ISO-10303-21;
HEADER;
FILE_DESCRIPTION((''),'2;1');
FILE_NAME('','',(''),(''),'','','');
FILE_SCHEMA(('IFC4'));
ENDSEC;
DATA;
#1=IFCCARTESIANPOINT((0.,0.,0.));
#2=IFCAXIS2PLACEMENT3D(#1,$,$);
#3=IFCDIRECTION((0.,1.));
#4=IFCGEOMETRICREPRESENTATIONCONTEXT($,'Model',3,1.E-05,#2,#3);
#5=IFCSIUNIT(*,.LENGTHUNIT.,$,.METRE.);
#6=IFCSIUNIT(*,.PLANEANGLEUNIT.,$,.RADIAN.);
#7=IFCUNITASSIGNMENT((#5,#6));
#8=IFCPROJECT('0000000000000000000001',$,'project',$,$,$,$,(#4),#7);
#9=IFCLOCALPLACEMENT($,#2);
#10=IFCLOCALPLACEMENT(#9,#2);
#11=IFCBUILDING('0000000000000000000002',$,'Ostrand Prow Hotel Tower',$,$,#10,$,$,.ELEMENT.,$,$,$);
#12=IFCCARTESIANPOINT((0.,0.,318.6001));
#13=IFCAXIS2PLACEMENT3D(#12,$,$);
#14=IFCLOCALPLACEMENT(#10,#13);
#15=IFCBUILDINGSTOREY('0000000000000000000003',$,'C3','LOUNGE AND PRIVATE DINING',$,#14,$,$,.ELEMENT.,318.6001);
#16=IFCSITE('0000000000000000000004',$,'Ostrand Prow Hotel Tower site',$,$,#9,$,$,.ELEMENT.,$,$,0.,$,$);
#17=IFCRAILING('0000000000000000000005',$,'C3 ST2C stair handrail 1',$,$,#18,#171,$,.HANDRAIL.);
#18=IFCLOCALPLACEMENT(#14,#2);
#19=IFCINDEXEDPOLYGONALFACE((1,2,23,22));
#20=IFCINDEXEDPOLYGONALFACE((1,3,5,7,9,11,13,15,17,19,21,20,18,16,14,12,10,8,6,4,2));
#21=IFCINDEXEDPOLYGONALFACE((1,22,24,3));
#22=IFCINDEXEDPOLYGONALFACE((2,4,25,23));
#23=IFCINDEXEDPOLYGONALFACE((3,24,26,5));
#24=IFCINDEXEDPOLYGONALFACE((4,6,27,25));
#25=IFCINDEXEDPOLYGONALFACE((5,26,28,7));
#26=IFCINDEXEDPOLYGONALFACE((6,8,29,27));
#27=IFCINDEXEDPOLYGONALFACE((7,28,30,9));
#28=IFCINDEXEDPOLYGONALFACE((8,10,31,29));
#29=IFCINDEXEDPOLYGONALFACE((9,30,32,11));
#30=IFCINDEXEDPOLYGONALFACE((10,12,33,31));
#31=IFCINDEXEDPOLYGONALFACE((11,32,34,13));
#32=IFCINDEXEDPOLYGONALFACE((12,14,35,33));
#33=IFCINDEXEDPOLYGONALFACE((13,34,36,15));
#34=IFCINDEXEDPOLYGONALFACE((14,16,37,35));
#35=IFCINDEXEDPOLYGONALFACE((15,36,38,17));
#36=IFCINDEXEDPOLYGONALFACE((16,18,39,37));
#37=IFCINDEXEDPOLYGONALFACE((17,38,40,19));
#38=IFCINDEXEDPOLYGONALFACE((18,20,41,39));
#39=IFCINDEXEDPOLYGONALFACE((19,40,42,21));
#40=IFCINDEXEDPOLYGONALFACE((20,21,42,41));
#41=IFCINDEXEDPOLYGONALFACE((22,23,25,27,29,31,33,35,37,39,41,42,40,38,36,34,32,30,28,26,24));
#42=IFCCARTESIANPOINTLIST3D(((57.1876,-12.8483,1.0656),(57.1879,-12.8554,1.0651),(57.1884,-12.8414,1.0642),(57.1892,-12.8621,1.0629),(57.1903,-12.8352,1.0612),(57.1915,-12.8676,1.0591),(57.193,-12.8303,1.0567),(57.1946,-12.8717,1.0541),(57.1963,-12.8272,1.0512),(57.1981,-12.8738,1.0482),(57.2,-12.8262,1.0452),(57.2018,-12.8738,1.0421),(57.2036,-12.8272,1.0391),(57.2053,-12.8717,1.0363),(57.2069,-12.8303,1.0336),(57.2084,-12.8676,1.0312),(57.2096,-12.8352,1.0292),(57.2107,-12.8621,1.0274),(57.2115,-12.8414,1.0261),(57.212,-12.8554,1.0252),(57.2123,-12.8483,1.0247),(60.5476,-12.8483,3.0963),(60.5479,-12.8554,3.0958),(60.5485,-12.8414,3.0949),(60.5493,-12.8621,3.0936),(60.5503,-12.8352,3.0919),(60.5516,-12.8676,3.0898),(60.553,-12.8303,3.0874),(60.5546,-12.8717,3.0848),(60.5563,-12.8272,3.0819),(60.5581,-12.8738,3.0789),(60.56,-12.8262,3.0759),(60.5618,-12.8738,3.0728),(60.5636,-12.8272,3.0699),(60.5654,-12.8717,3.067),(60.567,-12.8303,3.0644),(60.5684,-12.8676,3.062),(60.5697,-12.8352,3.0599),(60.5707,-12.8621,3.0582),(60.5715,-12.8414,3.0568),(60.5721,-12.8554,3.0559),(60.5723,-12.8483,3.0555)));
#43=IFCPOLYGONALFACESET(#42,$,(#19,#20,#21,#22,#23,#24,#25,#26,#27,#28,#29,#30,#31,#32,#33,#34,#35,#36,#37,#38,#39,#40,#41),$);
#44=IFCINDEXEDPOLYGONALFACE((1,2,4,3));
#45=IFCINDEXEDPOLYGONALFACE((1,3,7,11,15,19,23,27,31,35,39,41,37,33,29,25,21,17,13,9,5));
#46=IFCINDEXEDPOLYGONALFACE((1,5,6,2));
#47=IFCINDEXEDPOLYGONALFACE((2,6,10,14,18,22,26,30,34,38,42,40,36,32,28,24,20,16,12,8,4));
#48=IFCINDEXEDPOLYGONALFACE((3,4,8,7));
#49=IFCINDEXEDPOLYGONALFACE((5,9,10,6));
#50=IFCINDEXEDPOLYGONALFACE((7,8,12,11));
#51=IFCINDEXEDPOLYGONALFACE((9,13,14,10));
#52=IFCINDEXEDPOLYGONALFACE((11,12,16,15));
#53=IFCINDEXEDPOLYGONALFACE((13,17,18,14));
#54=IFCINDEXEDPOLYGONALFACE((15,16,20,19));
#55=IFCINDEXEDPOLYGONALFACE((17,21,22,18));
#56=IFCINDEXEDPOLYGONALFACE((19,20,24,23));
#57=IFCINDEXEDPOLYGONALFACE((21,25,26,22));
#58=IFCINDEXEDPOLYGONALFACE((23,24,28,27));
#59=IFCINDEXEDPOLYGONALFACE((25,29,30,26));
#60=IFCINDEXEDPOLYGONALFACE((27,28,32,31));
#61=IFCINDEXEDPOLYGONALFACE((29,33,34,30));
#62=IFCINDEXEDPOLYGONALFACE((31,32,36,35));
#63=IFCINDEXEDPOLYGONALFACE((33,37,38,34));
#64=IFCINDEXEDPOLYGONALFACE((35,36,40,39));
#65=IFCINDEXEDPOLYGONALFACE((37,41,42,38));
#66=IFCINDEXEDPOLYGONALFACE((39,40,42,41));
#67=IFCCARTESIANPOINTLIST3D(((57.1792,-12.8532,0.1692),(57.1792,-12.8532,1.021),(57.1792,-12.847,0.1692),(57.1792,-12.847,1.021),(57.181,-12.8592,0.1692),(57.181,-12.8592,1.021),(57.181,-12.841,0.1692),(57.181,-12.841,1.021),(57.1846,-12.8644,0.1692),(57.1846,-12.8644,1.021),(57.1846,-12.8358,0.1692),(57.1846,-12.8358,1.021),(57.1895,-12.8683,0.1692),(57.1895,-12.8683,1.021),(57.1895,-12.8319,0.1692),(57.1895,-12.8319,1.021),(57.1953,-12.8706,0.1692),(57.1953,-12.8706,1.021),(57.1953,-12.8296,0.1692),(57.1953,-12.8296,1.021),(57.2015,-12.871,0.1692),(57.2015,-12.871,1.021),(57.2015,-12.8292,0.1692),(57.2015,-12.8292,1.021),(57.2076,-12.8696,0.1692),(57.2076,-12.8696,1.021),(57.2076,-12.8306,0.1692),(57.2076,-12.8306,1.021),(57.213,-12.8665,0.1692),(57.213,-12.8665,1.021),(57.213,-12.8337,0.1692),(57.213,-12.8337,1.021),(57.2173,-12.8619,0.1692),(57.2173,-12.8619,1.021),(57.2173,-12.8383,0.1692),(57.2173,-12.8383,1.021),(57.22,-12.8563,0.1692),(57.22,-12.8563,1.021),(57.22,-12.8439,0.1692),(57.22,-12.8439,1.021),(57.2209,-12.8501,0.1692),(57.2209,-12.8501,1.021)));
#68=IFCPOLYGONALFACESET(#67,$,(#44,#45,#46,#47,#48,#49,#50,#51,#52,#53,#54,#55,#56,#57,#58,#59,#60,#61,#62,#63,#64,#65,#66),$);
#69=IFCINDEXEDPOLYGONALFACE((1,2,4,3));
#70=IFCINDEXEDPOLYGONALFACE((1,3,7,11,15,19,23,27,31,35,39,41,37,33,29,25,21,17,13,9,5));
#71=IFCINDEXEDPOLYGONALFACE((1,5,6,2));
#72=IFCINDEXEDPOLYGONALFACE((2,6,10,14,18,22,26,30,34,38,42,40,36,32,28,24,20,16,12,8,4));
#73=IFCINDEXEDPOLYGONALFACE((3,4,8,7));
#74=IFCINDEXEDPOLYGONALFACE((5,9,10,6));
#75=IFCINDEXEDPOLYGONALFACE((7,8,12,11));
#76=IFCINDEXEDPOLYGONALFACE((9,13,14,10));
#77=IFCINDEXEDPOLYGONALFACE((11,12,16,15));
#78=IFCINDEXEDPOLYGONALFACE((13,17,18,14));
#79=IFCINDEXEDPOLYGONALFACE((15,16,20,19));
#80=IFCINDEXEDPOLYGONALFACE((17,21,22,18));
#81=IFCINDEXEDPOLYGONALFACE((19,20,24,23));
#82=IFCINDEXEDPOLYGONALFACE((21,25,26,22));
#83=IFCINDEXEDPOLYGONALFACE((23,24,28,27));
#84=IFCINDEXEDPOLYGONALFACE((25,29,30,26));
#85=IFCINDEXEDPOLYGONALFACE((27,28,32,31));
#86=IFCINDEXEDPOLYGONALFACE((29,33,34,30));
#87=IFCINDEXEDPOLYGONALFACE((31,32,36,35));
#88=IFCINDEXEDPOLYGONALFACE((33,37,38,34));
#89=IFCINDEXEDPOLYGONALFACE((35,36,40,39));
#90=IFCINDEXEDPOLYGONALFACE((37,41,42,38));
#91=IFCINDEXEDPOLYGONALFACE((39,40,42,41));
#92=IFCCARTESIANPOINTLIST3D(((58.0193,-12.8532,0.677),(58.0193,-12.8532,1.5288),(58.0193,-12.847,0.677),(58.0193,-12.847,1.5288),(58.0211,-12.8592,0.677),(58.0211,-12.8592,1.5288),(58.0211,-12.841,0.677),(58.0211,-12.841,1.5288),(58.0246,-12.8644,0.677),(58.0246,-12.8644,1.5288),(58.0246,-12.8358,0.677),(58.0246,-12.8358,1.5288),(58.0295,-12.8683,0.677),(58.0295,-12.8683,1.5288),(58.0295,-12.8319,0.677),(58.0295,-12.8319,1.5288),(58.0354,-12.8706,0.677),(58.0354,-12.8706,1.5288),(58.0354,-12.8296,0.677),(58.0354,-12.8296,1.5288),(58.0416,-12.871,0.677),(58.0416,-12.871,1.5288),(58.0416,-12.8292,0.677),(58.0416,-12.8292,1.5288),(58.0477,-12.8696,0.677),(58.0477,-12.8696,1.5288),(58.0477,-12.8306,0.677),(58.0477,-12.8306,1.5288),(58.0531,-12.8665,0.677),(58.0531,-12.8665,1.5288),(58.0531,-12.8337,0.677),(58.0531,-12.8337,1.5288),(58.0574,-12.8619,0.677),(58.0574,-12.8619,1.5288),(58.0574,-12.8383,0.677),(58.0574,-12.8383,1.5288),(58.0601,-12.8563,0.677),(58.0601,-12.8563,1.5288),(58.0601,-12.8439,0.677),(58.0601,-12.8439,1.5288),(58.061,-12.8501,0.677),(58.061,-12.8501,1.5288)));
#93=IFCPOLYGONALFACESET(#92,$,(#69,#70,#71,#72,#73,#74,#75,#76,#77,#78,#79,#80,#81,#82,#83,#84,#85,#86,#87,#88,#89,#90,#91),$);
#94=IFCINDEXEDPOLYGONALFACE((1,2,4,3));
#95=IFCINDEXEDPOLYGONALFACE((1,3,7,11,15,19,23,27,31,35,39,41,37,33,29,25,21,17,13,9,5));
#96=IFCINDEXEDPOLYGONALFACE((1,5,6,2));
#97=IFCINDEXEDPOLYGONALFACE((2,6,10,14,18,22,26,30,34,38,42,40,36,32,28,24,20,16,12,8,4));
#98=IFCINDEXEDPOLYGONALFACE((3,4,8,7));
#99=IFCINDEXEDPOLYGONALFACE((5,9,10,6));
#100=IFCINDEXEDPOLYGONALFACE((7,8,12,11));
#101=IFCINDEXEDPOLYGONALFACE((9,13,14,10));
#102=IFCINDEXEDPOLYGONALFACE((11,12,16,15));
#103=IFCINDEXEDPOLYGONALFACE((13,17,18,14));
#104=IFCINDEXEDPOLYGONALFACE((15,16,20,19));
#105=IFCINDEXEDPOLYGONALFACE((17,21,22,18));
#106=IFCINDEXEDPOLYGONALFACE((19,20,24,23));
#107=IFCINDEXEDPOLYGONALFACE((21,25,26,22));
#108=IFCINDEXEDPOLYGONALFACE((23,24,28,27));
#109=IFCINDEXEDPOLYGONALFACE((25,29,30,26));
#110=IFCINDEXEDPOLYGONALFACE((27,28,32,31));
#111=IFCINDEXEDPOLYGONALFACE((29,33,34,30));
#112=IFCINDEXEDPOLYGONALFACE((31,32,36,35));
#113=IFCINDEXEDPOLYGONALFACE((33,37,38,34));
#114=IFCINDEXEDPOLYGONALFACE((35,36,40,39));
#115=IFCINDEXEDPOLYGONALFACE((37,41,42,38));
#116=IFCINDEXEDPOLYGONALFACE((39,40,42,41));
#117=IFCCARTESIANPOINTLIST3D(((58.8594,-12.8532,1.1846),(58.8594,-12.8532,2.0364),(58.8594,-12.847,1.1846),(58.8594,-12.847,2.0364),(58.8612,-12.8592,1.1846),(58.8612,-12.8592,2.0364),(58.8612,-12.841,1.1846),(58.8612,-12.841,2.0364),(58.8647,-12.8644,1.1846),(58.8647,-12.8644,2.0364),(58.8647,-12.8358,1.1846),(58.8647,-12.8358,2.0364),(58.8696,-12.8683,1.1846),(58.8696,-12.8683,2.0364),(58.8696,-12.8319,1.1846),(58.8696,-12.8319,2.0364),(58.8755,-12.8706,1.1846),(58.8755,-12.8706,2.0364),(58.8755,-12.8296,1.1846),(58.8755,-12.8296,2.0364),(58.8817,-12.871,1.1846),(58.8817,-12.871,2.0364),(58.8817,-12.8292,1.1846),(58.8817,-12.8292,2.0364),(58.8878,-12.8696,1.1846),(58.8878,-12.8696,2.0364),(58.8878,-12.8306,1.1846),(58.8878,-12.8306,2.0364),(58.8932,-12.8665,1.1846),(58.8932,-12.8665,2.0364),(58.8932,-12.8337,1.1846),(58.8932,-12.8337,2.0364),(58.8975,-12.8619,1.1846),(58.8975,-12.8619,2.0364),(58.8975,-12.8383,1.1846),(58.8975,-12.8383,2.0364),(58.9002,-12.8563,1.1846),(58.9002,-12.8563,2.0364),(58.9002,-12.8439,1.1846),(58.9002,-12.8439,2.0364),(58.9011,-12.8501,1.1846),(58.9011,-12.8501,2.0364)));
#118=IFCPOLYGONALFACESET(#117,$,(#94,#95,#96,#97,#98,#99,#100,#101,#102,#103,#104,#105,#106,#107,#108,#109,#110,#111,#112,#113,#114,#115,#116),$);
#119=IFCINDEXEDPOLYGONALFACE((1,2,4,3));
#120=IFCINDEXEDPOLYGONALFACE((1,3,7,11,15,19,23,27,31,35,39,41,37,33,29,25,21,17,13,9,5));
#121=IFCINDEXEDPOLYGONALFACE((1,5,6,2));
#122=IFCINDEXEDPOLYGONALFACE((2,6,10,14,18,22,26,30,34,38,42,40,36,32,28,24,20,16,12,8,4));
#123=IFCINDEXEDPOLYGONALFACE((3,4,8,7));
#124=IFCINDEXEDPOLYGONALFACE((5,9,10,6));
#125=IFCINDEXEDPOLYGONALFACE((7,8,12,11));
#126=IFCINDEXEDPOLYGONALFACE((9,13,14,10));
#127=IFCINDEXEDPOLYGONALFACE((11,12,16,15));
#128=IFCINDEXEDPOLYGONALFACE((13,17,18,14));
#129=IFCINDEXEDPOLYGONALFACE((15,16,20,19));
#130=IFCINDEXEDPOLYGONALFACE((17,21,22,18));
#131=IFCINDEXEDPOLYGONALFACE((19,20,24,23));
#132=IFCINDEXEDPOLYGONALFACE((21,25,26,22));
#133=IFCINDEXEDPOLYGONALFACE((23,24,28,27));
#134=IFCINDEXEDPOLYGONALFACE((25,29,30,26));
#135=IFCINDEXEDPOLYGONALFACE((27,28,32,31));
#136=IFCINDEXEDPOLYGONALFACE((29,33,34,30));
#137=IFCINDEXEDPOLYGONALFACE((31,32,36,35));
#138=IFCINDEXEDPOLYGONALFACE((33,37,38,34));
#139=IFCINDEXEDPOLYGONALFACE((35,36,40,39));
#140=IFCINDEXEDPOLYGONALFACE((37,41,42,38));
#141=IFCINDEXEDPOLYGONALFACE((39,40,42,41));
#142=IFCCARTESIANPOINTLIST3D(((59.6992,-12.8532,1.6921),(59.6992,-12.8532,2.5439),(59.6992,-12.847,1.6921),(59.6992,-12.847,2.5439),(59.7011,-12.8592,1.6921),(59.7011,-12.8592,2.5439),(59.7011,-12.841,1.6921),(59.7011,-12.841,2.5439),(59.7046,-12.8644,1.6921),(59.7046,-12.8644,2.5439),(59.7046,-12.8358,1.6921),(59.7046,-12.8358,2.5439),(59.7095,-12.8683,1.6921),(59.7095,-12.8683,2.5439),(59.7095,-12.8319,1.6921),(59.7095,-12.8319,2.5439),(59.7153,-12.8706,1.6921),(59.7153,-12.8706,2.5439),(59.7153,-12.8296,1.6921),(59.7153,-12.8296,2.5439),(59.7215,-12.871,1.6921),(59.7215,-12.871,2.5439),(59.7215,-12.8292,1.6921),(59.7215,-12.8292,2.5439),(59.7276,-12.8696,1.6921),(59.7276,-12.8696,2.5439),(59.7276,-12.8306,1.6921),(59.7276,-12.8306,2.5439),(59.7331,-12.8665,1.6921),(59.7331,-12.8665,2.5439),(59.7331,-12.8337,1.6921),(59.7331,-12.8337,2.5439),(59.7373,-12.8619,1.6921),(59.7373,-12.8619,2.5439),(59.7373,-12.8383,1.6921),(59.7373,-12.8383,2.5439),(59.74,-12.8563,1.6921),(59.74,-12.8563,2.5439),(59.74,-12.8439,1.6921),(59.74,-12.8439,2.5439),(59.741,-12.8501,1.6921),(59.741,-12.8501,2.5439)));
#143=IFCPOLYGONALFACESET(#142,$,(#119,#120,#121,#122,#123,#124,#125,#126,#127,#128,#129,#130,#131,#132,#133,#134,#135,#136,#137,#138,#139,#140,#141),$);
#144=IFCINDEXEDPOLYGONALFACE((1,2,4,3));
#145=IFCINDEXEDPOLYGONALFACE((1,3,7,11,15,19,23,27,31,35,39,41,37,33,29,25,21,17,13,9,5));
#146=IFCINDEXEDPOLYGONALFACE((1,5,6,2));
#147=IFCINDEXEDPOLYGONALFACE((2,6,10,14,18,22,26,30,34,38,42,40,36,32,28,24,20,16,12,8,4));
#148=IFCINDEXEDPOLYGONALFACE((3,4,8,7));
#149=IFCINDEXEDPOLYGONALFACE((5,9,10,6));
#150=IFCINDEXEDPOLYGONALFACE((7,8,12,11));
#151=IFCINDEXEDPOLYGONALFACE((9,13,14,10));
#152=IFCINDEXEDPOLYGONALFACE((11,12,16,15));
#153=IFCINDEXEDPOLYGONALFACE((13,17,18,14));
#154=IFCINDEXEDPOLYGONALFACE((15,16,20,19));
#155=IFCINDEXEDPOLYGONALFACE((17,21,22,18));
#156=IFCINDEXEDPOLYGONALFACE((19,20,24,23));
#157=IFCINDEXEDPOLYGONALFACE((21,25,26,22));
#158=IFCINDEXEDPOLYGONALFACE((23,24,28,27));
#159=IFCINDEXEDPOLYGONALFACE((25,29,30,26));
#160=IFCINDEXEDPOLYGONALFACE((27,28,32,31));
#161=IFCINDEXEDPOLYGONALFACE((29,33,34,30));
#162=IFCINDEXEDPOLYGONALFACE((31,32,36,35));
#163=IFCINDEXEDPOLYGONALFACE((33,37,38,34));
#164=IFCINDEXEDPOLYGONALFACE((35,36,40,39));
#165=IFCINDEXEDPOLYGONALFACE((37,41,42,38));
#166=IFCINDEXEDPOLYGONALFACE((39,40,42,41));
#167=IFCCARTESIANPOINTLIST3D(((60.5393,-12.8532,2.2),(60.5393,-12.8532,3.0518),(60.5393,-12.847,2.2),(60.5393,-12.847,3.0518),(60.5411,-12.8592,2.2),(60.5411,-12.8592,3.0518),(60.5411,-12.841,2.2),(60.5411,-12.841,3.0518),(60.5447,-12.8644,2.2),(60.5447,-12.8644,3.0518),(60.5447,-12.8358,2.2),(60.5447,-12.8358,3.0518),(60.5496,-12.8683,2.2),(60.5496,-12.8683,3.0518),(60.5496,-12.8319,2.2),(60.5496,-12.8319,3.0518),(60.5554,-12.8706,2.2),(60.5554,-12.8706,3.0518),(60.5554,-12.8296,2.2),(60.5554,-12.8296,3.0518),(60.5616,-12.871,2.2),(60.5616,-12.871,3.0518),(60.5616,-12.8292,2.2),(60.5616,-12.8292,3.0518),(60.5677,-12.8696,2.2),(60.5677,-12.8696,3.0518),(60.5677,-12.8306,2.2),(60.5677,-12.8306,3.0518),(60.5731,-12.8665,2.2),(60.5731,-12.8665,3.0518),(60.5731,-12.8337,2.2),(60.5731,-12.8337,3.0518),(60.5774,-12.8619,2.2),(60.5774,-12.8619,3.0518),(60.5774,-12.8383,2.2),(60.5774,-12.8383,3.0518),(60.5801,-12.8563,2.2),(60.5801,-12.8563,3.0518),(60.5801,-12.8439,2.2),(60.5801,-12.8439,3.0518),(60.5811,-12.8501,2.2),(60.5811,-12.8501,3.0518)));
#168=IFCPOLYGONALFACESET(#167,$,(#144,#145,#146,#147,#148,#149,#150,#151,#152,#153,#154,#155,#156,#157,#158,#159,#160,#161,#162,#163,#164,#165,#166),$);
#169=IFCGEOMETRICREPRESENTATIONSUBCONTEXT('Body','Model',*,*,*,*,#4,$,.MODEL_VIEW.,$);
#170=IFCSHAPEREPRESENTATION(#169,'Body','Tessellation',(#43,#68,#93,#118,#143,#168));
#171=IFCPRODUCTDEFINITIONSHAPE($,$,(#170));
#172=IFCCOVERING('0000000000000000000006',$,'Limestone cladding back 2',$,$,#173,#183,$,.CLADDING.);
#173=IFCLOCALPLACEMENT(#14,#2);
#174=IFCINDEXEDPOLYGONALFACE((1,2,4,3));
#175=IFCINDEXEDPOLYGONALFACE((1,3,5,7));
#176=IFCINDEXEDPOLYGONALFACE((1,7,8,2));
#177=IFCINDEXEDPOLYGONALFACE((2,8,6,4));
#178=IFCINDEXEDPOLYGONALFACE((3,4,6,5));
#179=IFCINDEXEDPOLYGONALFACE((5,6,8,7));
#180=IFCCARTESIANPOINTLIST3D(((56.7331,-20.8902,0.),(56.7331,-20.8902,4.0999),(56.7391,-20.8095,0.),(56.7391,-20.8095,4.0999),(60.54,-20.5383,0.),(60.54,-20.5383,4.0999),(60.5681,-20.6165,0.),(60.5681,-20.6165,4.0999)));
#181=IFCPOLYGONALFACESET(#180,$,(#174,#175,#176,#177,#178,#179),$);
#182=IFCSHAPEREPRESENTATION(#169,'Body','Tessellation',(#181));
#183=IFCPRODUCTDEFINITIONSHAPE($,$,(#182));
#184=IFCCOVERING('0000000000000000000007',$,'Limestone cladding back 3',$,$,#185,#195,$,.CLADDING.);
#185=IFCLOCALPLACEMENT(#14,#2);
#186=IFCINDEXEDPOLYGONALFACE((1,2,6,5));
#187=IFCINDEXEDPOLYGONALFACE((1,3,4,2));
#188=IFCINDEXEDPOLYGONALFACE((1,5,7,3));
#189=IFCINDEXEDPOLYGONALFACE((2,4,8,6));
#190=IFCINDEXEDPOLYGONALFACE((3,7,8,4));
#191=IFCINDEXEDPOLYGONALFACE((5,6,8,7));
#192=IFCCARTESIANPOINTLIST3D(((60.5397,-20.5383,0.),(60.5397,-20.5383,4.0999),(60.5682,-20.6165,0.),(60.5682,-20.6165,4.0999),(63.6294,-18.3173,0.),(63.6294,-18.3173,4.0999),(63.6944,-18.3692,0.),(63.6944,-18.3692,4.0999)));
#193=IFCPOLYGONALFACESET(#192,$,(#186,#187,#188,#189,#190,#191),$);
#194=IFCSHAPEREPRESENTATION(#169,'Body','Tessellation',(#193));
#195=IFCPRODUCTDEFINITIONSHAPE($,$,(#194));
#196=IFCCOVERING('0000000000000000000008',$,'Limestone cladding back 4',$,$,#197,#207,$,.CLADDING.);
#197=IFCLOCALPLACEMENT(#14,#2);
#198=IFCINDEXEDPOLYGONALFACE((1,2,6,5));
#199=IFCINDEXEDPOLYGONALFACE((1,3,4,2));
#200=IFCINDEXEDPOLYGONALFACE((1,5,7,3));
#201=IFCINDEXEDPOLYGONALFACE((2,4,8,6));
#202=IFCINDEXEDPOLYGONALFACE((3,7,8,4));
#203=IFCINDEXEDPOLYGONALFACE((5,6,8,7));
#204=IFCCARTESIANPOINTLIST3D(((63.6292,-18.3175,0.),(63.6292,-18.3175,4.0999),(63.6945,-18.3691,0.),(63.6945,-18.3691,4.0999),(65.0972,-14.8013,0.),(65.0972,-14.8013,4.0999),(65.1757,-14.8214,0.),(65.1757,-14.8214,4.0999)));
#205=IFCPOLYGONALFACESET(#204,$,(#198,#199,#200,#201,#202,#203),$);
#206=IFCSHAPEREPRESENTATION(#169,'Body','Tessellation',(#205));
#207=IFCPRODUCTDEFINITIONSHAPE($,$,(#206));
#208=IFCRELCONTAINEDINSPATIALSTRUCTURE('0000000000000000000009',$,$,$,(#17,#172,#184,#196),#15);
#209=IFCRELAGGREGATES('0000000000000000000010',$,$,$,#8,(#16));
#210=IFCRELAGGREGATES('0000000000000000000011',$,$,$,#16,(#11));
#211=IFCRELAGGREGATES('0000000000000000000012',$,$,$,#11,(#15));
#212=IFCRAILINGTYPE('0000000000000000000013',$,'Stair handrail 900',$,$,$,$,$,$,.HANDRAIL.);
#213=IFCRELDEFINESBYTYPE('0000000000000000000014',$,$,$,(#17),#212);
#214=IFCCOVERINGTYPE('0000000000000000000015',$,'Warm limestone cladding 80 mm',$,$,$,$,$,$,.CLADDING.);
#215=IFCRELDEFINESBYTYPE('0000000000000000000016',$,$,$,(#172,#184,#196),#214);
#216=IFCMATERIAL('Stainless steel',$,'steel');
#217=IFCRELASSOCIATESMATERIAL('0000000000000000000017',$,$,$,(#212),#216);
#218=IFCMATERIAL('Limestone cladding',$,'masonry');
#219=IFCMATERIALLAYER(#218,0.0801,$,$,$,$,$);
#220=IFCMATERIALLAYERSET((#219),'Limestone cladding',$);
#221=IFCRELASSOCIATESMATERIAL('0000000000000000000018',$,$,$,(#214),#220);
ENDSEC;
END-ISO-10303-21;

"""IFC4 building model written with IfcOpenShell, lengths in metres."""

from ifc_helpers import new_model, si_unit, direction, frame, origin, origin_2d, place, context, subcontext, project, spatial, polyline, circle, outline, extrude, material, layer, layer_set, type_object, element, save


model = new_model("IFC4")

# Units and contexts
model_context = context("Model", 3, precision=1e-05, world=origin(), true_north=direction((0.0, 1.0)))
body_context = subcontext(model_context, "Body", "Model", "MODEL_VIEW")
ifc_project = project(units=[si_unit("LENGTHUNIT", "METRE"), si_unit("PLANEANGLEUNIT", "RADIAN")], contexts=[model_context])

# Site, building, storey
site_placement = place(None, origin())
site = spatial("IfcSite", under=ifc_project, at=site_placement, Name="Ostrand Prow Hotel Tower site", CompositionType="ELEMENT", RefElevation=0.0)
building_placement = place(site_placement, origin())
building = spatial("IfcBuilding", under=site, at=building_placement, Name="Ostrand Prow Hotel Tower", CompositionType="ELEMENT")
storey_placement = place(building_placement, frame((0.0, 0.0, 318.6001)))
storey = spatial("IfcBuildingStorey", under=building, at=storey_placement, Name="C3", Description="LOUNGE AND PRIVATE DINING", CompositionType="ELEMENT", Elevation=318.6001)

# Railing
ifc_material_1 = material(Name="Stainless steel", Category="steel")
railing_type_1 = type_object("IfcRailingType", Name="Stair handrail 900", PredefinedType="HANDRAIL", material=ifc_material_1)
railing_1_placement = place(storey_placement, frame((57.2, -12.8501, 0.1692)))
element("IfcRailing", 1, at=railing_1_placement, inside=storey, type_object=railing_type_1, Name="C3 ST2C stair handrail 1", PredefinedType="HANDRAIL", context=body_context, shape_type="SweptSolid", body=[
    extrude(circle(Radius=0.0239, at=origin_2d()), frame((0.0, 0.0, 0.876), z_axis=(0.855837, 0.0, 0.517246), x_axis=(0.0, 1.0, 0.0)), (0.0, 0.0, 1.0), 3.926),
    extrude(circle(Radius=0.021, at=origin_2d()), origin(), (0.0, 0.0, 1.0), 0.8518),
    extrude(circle(Radius=0.021, at=origin_2d()), frame((0.8401, 0.0, 0.5078)), (0.0, 0.0, 1.0), 0.8518),
    extrude(circle(Radius=0.021, at=origin_2d()), frame((1.6802, 0.0, 1.0154)), (0.0, 0.0, 1.0), 0.8518),
    extrude(circle(Radius=0.021, at=origin_2d()), frame((2.52, 0.0, 1.5229)), (0.0, 0.0, 1.0), 0.8518),
    extrude(circle(Radius=0.021, at=origin_2d()), frame((3.3601, 0.0, 2.0308)), (0.0, 0.0, 1.0), 0.8518),
])

# Coverings
ifc_material_2 = material(Name="Limestone cladding", Category="masonry")
ifc_layer_1 = layer(ifc_material_2, 0.0801)
ifc_layer_set_1 = layer_set([ifc_layer_1], Name="Limestone cladding")
covering_type = type_object("IfcCoveringType", Name="Warm limestone cladding 80 mm", PredefinedType="CLADDING", material=ifc_layer_set_1)
covering_1_placement = place(storey_placement, frame((56.7361, -20.8499, 0.0), z_axis=(0.0, 0.0, 1.0), x_axis=(0.997463, 0.071184, 0.0)))
element("IfcCovering", 2, at=covering_1_placement, inside=storey, type_object=covering_type, Name="Limestone cladding back 2", PredefinedType="CLADDING", context=body_context, shape_type="SweptSolid", body=[
    extrude(outline(polyline([(-0.0059, -0.04), (3.8389, -0.04), (3.8164, 0.04), (0.0059, 0.04), (-0.0059, -0.04)])), origin(), (0.0, 0.0, 1.0), 4.0999),
])
covering_2_placement = place(storey_placement, frame((60.554, -20.5774, 0.0), z_axis=(0.0, 0.0, 1.0), x_axis=(0.811976, 0.583691, 0.0)))
element("IfcCovering", 3, at=covering_2_placement, inside=storey, type_object=covering_type, Name="Limestone cladding back 3", PredefinedType="CLADDING", context=body_context, shape_type="SweptSolid", body=[
    extrude(outline(polyline([(-0.0112, -0.04), (3.8389, -0.04), (3.8164, 0.04), (0.0112, 0.04), (-0.0112, -0.04)])), origin(), (0.0, 0.0, 1.0), 4.0999),
])
covering_3_placement = place(storey_placement, frame((63.6619, -18.3433, 0.0), z_axis=(0.0, 0.0, 1.0), x_axis=(0.385272, 0.922803, 0.0)))
element("IfcCovering", 4, at=covering_3_placement, inside=storey, type_object=covering_type, Name="Limestone cladding back 4", PredefinedType="CLADDING", context=body_context, shape_type="SweptSolid", body=[
    extrude(outline(polyline([(-0.0112, -0.04), (3.8333, -0.04), (3.8215, 0.04), (0.0112, 0.04), (-0.0112, -0.04)])), origin(), (0.0, 0.0, 1.0), 4.0999),
])

save(model, "model.ifc")
